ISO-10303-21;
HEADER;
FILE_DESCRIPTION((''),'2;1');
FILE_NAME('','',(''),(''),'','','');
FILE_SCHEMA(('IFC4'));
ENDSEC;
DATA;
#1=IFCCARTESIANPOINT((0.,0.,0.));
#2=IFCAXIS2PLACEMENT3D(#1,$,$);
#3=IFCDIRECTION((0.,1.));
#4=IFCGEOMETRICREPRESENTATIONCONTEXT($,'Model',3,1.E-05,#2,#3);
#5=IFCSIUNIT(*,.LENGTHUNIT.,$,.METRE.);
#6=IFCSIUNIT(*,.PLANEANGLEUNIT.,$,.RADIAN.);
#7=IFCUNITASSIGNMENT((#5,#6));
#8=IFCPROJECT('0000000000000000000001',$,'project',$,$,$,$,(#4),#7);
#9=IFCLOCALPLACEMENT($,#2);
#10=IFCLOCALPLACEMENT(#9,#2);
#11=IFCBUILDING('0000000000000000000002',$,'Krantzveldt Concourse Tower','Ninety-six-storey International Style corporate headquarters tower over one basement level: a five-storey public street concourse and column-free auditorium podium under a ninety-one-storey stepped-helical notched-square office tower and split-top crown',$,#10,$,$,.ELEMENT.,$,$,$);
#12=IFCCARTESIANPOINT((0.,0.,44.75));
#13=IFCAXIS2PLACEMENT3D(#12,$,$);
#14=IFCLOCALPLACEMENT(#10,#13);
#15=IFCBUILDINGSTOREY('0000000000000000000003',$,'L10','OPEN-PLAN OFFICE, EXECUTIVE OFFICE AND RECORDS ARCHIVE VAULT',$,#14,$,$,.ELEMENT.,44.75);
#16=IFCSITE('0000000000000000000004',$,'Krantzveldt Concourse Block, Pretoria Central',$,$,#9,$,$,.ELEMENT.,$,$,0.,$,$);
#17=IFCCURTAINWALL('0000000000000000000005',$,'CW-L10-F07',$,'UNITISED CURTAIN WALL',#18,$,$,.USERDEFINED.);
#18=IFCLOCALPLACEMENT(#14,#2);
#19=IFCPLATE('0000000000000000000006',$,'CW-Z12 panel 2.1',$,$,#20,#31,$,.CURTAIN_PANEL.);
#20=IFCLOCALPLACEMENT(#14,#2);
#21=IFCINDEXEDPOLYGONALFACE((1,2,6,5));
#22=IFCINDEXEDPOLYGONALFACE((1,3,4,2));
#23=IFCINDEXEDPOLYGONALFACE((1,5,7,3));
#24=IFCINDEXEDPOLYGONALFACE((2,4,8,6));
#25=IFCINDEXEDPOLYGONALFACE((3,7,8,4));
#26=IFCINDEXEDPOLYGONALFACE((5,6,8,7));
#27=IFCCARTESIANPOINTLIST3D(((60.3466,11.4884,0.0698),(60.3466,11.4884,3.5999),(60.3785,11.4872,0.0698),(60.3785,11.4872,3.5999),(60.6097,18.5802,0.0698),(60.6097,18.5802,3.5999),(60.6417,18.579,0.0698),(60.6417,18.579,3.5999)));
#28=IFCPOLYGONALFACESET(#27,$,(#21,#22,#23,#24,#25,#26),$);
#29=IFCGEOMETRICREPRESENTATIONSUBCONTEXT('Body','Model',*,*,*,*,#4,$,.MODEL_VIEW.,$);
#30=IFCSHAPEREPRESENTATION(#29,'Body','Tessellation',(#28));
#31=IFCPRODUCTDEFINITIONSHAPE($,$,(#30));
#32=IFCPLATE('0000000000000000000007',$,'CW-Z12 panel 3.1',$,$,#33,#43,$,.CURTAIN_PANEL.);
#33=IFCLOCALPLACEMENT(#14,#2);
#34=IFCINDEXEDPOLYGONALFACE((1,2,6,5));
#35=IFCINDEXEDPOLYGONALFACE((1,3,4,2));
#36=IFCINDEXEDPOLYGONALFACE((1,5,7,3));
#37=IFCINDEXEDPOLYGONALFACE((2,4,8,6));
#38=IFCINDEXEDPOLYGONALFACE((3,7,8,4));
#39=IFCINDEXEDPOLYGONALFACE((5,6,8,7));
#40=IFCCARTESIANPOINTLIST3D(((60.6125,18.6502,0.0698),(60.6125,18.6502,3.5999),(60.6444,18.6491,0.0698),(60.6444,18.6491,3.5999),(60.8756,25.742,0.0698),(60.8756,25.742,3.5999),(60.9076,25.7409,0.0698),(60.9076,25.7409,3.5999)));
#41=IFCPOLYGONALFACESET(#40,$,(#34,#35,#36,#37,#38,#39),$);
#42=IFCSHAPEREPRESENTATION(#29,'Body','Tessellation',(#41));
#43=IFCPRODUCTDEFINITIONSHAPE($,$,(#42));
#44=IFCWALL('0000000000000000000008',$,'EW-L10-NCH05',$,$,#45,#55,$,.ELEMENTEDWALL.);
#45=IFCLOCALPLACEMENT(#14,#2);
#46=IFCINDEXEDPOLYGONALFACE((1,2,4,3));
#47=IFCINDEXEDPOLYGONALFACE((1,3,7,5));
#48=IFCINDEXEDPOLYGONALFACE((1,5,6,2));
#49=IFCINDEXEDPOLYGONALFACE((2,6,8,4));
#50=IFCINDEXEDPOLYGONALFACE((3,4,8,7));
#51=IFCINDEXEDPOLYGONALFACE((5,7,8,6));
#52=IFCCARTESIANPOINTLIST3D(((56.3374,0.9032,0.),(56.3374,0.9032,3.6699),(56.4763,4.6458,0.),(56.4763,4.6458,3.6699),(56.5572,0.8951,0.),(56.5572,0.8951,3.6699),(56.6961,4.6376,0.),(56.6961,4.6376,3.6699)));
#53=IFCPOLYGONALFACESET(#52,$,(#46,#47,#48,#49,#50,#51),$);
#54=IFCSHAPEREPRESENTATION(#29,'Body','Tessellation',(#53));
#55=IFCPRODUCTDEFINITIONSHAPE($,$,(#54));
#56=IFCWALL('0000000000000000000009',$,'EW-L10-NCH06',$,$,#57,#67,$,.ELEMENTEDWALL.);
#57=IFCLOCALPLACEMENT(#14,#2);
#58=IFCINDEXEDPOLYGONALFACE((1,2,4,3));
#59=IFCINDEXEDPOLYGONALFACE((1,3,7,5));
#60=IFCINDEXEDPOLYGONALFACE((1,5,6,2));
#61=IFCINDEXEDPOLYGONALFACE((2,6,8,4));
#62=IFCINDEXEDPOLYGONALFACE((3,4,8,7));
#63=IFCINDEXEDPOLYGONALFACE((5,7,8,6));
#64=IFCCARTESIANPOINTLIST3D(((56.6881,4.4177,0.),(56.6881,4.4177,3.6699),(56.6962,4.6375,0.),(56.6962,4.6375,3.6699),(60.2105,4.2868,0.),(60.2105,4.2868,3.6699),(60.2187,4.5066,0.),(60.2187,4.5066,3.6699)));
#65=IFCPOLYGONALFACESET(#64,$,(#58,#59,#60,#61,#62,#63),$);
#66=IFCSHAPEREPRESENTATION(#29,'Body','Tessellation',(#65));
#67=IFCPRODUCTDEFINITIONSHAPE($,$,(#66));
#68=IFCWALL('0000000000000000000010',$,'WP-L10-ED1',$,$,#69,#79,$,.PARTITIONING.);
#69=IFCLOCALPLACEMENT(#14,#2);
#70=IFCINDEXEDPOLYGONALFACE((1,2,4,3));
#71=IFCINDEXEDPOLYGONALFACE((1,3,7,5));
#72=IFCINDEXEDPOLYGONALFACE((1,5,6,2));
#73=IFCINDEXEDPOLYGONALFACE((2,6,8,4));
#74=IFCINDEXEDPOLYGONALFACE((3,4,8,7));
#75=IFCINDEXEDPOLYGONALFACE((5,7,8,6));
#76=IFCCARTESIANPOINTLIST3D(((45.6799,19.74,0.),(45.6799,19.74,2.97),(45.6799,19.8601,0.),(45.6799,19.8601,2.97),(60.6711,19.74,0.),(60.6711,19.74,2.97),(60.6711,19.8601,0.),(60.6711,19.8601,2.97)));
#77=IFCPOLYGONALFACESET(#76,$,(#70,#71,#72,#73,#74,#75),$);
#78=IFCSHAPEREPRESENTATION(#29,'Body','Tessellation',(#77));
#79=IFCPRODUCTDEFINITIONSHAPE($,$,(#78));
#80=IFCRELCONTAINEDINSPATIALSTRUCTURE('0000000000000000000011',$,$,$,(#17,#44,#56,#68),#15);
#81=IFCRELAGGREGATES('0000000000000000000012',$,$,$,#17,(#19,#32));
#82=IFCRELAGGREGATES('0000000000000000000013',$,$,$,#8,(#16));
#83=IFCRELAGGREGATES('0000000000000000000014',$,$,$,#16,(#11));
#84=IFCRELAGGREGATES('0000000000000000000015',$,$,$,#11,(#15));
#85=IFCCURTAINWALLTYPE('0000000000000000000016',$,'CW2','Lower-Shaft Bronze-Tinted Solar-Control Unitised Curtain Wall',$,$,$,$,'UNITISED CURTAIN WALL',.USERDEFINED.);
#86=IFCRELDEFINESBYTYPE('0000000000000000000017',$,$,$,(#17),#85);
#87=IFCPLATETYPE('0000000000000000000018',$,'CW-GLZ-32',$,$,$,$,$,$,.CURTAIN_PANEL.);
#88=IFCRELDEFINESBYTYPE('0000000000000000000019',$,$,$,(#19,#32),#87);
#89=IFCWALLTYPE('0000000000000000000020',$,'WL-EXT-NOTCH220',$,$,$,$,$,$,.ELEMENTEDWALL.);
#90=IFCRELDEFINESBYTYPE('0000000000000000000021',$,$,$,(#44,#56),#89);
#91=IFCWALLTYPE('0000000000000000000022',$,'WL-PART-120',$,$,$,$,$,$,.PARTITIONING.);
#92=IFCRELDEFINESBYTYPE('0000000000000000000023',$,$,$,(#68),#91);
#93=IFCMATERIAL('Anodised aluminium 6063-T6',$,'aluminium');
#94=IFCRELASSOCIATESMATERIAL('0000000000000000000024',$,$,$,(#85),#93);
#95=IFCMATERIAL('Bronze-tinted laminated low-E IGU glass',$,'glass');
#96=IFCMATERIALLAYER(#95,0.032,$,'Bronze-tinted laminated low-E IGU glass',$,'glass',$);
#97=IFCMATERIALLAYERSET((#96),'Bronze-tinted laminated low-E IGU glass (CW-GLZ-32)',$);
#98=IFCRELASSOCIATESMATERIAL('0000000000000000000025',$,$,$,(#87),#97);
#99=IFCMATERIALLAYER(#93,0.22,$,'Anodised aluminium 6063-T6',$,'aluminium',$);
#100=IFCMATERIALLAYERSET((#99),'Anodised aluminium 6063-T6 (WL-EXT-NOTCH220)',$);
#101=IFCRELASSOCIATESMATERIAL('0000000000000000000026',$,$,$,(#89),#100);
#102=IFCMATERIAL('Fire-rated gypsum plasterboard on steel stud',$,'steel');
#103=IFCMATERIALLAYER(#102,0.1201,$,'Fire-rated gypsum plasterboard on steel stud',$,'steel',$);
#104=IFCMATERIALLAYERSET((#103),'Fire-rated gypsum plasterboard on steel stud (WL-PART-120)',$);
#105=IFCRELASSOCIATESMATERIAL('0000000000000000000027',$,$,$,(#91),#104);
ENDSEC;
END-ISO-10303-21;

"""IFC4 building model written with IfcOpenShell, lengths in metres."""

from ifc_helpers import new_model, si_unit, direction, frame, frame_2d, origin, origin_2d, place, context, subcontext, project, spatial, rectangle, extrude, source, transform, mapped, material, layer, layer_set, type_object, element, aggregate, save


model = new_model("IFC4")

# Units and contexts
model_context = context("Model", 3, precision=1e-05, world=origin(), true_north=direction((0.0, 1.0)))
body_context = subcontext(model_context, "Body", "Model", "MODEL_VIEW")
ifc_project = project(units=[si_unit("LENGTHUNIT", "METRE"), si_unit("PLANEANGLEUNIT", "RADIAN")], contexts=[model_context])

# Site, building, storey
site_placement = place(None, origin())
site = spatial("IfcSite", under=ifc_project, at=site_placement, Name="Krantzveldt Concourse Block, Pretoria Central", CompositionType="ELEMENT", RefElevation=0.0)
building_placement = place(site_placement, origin())
building = spatial("IfcBuilding", under=site, at=building_placement, Name="Krantzveldt Concourse Tower", Description="Ninety-six-storey International Style corporate headquarters tower over one basement level: a five-storey public street concourse and column-free auditorium podium under a ninety-one-storey stepped-helical notched-square office tower and split-top crown", CompositionType="ELEMENT")
storey_placement = place(building_placement, frame((0.0, 0.0, 44.75)))
storey = spatial("IfcBuildingStorey", under=building, at=storey_placement, Name="L10", Description="OPEN-PLAN OFFICE, EXECUTIVE OFFICE AND RECORDS ARCHIVE VAULT", CompositionType="ELEMENT", Elevation=44.75)

# Curtain wall
ifc_material_1 = material(Name="Anodised aluminium 6063-T6", Category="aluminium")
curtain_wall_type = type_object("IfcCurtainWallType", Name="CW2", Description="Lower-Shaft Bronze-Tinted Solar-Control Unitised Curtain Wall", ElementType="UNITISED CURTAIN WALL", PredefinedType="USERDEFINED", material=ifc_material_1)
curtain_wall_1_placement = place(storey_placement, origin())
curtain_wall_1 = element("IfcCurtainWall", 1, at=curtain_wall_1_placement, inside=storey, type_object=curtain_wall_type, Name="CW-L10-F07", ObjectType="UNITISED CURTAIN WALL", PredefinedType="USERDEFINED")

# Plates
ifc_material_2 = material(Name="Bronze-tinted laminated low-E IGU glass", Category="glass")
ifc_layer_1 = layer(ifc_material_2, 0.032, Name="Bronze-tinted laminated low-E IGU glass", Category="glass")
ifc_layer_set_1 = layer_set([ifc_layer_1], Name="Bronze-tinted laminated low-E IGU glass (CW-GLZ-32)")
plate_type = type_object("IfcPlateType", Name="CW-GLZ-32", PredefinedType="CURTAIN_PANEL", material=ifc_layer_set_1)
shared_shape_1 = source(origin(), body_context, "Body", "SweptSolid", [
    extrude(rectangle(XDim=7.0967, YDim=0.032, at=origin_2d()), origin(), (0.0, 0.0, 1.0), 3.53),
])
plate_1_placement = place(storey_placement, frame((60.4941, 15.0337, 0.0698), z_axis=(0.0, 0.0, 1.0), x_axis=(0.03708, 0.999312, 0.0)))
plate_1 = element("IfcPlate", 2, at=plate_1_placement, type_object=plate_type, Name="CW-Z12 panel 2.1", PredefinedType="CURTAIN_PANEL", context=body_context, shape_type="MappedRepresentation", body=[
    mapped(shared_shape_1, transform((0.0, 0.0, 0.0), x_axis=(1.0, 0.0, 0.0), y_axis=(0.0, 1.0, 0.0), z_axis=(0.0, 0.0, 1.0), scale=1.0)),
])
plate_2_placement = place(storey_placement, frame((60.76, 22.1956, 0.0698), z_axis=(0.0, 0.0, 1.0), x_axis=(0.03708, 0.999312, 0.0)))
plate_2 = element("IfcPlate", 3, at=plate_2_placement, type_object=plate_type, Name="CW-Z12 panel 3.1", PredefinedType="CURTAIN_PANEL", context=body_context, shape_type="MappedRepresentation", body=[
    mapped(shared_shape_1, transform((0.0, 0.0, 0.0), x_axis=(1.0, 0.0, 0.0), y_axis=(0.0, 1.0, 0.0), z_axis=(0.0, 0.0, 1.0), scale=1.0)),
])
aggregate(curtain_wall_1, [plate_1, plate_2])

# Walls
ifc_layer_2 = layer(ifc_material_1, 0.22, Name="Anodised aluminium 6063-T6", Category="aluminium")
ifc_layer_set_2 = layer_set([ifc_layer_2], Name="Anodised aluminium 6063-T6 (WL-EXT-NOTCH220)")
wall_type_1 = type_object("IfcWallType", Name="WL-EXT-NOTCH220", PredefinedType="ELEMENTEDWALL", material=ifc_layer_set_2)
wall_1_placement = place(storey_placement, frame((56.4473, 0.8992, 0.0), z_axis=(0.0, 0.0, 1.0), x_axis=(0.037094, 0.999312, 0.0)))
element("IfcWall", 4, at=wall_1_placement, inside=storey, type_object=wall_type_1, Name="EW-L10-NCH05", PredefinedType="ELEMENTEDWALL", context=body_context, shape_type="SweptSolid", body=[
    extrude(rectangle(XDim=3.7451, YDim=0.22, at=frame_2d((1.8726, 0.0))), origin(), (0.0, 0.0, 1.0), 3.6699),
])
wall_2_placement = place(storey_placement, frame((56.6921, 4.5276, 0.0), z_axis=(0.0, 0.0, 1.0), x_axis=(0.999311, -0.037124, 0.0)))
element("IfcWall", 5, at=wall_2_placement, inside=storey, type_object=wall_type_1, Name="EW-L10-NCH06", PredefinedType="ELEMENTEDWALL", context=body_context, shape_type="SweptSolid", body=[
    extrude(rectangle(XDim=3.5249, YDim=0.22, at=frame_2d((1.7625, 0.0))), origin(), (0.0, 0.0, 1.0), 3.6699),
])
ifc_material_3 = material(Name="Fire-rated gypsum plasterboard on steel stud", Category="steel")
ifc_layer_3 = layer(ifc_material_3, 0.1201, Name="Fire-rated gypsum plasterboard on steel stud", Category="steel")
ifc_layer_set_3 = layer_set([ifc_layer_3], Name="Fire-rated gypsum plasterboard on steel stud (WL-PART-120)")
wall_type_2 = type_object("IfcWallType", Name="WL-PART-120", PredefinedType="PARTITIONING", material=ifc_layer_set_3)
wall_3_placement = place(storey_placement, frame((45.6799, 19.8, 0.0), z_axis=(0.0, 0.0, 1.0), x_axis=(1.0, 0.0, 0.0)))
element("IfcWall", 6, at=wall_3_placement, inside=storey, type_object=wall_type_2, Name="WP-L10-ED1", PredefinedType="PARTITIONING", context=body_context, shape_type="SweptSolid", body=[
    extrude(rectangle(XDim=14.9912, YDim=0.1201, at=frame_2d((7.4956, 0.0))), origin(), (0.0, 0.0, 1.0), 2.97),
])

save(model, "model.ifc")
